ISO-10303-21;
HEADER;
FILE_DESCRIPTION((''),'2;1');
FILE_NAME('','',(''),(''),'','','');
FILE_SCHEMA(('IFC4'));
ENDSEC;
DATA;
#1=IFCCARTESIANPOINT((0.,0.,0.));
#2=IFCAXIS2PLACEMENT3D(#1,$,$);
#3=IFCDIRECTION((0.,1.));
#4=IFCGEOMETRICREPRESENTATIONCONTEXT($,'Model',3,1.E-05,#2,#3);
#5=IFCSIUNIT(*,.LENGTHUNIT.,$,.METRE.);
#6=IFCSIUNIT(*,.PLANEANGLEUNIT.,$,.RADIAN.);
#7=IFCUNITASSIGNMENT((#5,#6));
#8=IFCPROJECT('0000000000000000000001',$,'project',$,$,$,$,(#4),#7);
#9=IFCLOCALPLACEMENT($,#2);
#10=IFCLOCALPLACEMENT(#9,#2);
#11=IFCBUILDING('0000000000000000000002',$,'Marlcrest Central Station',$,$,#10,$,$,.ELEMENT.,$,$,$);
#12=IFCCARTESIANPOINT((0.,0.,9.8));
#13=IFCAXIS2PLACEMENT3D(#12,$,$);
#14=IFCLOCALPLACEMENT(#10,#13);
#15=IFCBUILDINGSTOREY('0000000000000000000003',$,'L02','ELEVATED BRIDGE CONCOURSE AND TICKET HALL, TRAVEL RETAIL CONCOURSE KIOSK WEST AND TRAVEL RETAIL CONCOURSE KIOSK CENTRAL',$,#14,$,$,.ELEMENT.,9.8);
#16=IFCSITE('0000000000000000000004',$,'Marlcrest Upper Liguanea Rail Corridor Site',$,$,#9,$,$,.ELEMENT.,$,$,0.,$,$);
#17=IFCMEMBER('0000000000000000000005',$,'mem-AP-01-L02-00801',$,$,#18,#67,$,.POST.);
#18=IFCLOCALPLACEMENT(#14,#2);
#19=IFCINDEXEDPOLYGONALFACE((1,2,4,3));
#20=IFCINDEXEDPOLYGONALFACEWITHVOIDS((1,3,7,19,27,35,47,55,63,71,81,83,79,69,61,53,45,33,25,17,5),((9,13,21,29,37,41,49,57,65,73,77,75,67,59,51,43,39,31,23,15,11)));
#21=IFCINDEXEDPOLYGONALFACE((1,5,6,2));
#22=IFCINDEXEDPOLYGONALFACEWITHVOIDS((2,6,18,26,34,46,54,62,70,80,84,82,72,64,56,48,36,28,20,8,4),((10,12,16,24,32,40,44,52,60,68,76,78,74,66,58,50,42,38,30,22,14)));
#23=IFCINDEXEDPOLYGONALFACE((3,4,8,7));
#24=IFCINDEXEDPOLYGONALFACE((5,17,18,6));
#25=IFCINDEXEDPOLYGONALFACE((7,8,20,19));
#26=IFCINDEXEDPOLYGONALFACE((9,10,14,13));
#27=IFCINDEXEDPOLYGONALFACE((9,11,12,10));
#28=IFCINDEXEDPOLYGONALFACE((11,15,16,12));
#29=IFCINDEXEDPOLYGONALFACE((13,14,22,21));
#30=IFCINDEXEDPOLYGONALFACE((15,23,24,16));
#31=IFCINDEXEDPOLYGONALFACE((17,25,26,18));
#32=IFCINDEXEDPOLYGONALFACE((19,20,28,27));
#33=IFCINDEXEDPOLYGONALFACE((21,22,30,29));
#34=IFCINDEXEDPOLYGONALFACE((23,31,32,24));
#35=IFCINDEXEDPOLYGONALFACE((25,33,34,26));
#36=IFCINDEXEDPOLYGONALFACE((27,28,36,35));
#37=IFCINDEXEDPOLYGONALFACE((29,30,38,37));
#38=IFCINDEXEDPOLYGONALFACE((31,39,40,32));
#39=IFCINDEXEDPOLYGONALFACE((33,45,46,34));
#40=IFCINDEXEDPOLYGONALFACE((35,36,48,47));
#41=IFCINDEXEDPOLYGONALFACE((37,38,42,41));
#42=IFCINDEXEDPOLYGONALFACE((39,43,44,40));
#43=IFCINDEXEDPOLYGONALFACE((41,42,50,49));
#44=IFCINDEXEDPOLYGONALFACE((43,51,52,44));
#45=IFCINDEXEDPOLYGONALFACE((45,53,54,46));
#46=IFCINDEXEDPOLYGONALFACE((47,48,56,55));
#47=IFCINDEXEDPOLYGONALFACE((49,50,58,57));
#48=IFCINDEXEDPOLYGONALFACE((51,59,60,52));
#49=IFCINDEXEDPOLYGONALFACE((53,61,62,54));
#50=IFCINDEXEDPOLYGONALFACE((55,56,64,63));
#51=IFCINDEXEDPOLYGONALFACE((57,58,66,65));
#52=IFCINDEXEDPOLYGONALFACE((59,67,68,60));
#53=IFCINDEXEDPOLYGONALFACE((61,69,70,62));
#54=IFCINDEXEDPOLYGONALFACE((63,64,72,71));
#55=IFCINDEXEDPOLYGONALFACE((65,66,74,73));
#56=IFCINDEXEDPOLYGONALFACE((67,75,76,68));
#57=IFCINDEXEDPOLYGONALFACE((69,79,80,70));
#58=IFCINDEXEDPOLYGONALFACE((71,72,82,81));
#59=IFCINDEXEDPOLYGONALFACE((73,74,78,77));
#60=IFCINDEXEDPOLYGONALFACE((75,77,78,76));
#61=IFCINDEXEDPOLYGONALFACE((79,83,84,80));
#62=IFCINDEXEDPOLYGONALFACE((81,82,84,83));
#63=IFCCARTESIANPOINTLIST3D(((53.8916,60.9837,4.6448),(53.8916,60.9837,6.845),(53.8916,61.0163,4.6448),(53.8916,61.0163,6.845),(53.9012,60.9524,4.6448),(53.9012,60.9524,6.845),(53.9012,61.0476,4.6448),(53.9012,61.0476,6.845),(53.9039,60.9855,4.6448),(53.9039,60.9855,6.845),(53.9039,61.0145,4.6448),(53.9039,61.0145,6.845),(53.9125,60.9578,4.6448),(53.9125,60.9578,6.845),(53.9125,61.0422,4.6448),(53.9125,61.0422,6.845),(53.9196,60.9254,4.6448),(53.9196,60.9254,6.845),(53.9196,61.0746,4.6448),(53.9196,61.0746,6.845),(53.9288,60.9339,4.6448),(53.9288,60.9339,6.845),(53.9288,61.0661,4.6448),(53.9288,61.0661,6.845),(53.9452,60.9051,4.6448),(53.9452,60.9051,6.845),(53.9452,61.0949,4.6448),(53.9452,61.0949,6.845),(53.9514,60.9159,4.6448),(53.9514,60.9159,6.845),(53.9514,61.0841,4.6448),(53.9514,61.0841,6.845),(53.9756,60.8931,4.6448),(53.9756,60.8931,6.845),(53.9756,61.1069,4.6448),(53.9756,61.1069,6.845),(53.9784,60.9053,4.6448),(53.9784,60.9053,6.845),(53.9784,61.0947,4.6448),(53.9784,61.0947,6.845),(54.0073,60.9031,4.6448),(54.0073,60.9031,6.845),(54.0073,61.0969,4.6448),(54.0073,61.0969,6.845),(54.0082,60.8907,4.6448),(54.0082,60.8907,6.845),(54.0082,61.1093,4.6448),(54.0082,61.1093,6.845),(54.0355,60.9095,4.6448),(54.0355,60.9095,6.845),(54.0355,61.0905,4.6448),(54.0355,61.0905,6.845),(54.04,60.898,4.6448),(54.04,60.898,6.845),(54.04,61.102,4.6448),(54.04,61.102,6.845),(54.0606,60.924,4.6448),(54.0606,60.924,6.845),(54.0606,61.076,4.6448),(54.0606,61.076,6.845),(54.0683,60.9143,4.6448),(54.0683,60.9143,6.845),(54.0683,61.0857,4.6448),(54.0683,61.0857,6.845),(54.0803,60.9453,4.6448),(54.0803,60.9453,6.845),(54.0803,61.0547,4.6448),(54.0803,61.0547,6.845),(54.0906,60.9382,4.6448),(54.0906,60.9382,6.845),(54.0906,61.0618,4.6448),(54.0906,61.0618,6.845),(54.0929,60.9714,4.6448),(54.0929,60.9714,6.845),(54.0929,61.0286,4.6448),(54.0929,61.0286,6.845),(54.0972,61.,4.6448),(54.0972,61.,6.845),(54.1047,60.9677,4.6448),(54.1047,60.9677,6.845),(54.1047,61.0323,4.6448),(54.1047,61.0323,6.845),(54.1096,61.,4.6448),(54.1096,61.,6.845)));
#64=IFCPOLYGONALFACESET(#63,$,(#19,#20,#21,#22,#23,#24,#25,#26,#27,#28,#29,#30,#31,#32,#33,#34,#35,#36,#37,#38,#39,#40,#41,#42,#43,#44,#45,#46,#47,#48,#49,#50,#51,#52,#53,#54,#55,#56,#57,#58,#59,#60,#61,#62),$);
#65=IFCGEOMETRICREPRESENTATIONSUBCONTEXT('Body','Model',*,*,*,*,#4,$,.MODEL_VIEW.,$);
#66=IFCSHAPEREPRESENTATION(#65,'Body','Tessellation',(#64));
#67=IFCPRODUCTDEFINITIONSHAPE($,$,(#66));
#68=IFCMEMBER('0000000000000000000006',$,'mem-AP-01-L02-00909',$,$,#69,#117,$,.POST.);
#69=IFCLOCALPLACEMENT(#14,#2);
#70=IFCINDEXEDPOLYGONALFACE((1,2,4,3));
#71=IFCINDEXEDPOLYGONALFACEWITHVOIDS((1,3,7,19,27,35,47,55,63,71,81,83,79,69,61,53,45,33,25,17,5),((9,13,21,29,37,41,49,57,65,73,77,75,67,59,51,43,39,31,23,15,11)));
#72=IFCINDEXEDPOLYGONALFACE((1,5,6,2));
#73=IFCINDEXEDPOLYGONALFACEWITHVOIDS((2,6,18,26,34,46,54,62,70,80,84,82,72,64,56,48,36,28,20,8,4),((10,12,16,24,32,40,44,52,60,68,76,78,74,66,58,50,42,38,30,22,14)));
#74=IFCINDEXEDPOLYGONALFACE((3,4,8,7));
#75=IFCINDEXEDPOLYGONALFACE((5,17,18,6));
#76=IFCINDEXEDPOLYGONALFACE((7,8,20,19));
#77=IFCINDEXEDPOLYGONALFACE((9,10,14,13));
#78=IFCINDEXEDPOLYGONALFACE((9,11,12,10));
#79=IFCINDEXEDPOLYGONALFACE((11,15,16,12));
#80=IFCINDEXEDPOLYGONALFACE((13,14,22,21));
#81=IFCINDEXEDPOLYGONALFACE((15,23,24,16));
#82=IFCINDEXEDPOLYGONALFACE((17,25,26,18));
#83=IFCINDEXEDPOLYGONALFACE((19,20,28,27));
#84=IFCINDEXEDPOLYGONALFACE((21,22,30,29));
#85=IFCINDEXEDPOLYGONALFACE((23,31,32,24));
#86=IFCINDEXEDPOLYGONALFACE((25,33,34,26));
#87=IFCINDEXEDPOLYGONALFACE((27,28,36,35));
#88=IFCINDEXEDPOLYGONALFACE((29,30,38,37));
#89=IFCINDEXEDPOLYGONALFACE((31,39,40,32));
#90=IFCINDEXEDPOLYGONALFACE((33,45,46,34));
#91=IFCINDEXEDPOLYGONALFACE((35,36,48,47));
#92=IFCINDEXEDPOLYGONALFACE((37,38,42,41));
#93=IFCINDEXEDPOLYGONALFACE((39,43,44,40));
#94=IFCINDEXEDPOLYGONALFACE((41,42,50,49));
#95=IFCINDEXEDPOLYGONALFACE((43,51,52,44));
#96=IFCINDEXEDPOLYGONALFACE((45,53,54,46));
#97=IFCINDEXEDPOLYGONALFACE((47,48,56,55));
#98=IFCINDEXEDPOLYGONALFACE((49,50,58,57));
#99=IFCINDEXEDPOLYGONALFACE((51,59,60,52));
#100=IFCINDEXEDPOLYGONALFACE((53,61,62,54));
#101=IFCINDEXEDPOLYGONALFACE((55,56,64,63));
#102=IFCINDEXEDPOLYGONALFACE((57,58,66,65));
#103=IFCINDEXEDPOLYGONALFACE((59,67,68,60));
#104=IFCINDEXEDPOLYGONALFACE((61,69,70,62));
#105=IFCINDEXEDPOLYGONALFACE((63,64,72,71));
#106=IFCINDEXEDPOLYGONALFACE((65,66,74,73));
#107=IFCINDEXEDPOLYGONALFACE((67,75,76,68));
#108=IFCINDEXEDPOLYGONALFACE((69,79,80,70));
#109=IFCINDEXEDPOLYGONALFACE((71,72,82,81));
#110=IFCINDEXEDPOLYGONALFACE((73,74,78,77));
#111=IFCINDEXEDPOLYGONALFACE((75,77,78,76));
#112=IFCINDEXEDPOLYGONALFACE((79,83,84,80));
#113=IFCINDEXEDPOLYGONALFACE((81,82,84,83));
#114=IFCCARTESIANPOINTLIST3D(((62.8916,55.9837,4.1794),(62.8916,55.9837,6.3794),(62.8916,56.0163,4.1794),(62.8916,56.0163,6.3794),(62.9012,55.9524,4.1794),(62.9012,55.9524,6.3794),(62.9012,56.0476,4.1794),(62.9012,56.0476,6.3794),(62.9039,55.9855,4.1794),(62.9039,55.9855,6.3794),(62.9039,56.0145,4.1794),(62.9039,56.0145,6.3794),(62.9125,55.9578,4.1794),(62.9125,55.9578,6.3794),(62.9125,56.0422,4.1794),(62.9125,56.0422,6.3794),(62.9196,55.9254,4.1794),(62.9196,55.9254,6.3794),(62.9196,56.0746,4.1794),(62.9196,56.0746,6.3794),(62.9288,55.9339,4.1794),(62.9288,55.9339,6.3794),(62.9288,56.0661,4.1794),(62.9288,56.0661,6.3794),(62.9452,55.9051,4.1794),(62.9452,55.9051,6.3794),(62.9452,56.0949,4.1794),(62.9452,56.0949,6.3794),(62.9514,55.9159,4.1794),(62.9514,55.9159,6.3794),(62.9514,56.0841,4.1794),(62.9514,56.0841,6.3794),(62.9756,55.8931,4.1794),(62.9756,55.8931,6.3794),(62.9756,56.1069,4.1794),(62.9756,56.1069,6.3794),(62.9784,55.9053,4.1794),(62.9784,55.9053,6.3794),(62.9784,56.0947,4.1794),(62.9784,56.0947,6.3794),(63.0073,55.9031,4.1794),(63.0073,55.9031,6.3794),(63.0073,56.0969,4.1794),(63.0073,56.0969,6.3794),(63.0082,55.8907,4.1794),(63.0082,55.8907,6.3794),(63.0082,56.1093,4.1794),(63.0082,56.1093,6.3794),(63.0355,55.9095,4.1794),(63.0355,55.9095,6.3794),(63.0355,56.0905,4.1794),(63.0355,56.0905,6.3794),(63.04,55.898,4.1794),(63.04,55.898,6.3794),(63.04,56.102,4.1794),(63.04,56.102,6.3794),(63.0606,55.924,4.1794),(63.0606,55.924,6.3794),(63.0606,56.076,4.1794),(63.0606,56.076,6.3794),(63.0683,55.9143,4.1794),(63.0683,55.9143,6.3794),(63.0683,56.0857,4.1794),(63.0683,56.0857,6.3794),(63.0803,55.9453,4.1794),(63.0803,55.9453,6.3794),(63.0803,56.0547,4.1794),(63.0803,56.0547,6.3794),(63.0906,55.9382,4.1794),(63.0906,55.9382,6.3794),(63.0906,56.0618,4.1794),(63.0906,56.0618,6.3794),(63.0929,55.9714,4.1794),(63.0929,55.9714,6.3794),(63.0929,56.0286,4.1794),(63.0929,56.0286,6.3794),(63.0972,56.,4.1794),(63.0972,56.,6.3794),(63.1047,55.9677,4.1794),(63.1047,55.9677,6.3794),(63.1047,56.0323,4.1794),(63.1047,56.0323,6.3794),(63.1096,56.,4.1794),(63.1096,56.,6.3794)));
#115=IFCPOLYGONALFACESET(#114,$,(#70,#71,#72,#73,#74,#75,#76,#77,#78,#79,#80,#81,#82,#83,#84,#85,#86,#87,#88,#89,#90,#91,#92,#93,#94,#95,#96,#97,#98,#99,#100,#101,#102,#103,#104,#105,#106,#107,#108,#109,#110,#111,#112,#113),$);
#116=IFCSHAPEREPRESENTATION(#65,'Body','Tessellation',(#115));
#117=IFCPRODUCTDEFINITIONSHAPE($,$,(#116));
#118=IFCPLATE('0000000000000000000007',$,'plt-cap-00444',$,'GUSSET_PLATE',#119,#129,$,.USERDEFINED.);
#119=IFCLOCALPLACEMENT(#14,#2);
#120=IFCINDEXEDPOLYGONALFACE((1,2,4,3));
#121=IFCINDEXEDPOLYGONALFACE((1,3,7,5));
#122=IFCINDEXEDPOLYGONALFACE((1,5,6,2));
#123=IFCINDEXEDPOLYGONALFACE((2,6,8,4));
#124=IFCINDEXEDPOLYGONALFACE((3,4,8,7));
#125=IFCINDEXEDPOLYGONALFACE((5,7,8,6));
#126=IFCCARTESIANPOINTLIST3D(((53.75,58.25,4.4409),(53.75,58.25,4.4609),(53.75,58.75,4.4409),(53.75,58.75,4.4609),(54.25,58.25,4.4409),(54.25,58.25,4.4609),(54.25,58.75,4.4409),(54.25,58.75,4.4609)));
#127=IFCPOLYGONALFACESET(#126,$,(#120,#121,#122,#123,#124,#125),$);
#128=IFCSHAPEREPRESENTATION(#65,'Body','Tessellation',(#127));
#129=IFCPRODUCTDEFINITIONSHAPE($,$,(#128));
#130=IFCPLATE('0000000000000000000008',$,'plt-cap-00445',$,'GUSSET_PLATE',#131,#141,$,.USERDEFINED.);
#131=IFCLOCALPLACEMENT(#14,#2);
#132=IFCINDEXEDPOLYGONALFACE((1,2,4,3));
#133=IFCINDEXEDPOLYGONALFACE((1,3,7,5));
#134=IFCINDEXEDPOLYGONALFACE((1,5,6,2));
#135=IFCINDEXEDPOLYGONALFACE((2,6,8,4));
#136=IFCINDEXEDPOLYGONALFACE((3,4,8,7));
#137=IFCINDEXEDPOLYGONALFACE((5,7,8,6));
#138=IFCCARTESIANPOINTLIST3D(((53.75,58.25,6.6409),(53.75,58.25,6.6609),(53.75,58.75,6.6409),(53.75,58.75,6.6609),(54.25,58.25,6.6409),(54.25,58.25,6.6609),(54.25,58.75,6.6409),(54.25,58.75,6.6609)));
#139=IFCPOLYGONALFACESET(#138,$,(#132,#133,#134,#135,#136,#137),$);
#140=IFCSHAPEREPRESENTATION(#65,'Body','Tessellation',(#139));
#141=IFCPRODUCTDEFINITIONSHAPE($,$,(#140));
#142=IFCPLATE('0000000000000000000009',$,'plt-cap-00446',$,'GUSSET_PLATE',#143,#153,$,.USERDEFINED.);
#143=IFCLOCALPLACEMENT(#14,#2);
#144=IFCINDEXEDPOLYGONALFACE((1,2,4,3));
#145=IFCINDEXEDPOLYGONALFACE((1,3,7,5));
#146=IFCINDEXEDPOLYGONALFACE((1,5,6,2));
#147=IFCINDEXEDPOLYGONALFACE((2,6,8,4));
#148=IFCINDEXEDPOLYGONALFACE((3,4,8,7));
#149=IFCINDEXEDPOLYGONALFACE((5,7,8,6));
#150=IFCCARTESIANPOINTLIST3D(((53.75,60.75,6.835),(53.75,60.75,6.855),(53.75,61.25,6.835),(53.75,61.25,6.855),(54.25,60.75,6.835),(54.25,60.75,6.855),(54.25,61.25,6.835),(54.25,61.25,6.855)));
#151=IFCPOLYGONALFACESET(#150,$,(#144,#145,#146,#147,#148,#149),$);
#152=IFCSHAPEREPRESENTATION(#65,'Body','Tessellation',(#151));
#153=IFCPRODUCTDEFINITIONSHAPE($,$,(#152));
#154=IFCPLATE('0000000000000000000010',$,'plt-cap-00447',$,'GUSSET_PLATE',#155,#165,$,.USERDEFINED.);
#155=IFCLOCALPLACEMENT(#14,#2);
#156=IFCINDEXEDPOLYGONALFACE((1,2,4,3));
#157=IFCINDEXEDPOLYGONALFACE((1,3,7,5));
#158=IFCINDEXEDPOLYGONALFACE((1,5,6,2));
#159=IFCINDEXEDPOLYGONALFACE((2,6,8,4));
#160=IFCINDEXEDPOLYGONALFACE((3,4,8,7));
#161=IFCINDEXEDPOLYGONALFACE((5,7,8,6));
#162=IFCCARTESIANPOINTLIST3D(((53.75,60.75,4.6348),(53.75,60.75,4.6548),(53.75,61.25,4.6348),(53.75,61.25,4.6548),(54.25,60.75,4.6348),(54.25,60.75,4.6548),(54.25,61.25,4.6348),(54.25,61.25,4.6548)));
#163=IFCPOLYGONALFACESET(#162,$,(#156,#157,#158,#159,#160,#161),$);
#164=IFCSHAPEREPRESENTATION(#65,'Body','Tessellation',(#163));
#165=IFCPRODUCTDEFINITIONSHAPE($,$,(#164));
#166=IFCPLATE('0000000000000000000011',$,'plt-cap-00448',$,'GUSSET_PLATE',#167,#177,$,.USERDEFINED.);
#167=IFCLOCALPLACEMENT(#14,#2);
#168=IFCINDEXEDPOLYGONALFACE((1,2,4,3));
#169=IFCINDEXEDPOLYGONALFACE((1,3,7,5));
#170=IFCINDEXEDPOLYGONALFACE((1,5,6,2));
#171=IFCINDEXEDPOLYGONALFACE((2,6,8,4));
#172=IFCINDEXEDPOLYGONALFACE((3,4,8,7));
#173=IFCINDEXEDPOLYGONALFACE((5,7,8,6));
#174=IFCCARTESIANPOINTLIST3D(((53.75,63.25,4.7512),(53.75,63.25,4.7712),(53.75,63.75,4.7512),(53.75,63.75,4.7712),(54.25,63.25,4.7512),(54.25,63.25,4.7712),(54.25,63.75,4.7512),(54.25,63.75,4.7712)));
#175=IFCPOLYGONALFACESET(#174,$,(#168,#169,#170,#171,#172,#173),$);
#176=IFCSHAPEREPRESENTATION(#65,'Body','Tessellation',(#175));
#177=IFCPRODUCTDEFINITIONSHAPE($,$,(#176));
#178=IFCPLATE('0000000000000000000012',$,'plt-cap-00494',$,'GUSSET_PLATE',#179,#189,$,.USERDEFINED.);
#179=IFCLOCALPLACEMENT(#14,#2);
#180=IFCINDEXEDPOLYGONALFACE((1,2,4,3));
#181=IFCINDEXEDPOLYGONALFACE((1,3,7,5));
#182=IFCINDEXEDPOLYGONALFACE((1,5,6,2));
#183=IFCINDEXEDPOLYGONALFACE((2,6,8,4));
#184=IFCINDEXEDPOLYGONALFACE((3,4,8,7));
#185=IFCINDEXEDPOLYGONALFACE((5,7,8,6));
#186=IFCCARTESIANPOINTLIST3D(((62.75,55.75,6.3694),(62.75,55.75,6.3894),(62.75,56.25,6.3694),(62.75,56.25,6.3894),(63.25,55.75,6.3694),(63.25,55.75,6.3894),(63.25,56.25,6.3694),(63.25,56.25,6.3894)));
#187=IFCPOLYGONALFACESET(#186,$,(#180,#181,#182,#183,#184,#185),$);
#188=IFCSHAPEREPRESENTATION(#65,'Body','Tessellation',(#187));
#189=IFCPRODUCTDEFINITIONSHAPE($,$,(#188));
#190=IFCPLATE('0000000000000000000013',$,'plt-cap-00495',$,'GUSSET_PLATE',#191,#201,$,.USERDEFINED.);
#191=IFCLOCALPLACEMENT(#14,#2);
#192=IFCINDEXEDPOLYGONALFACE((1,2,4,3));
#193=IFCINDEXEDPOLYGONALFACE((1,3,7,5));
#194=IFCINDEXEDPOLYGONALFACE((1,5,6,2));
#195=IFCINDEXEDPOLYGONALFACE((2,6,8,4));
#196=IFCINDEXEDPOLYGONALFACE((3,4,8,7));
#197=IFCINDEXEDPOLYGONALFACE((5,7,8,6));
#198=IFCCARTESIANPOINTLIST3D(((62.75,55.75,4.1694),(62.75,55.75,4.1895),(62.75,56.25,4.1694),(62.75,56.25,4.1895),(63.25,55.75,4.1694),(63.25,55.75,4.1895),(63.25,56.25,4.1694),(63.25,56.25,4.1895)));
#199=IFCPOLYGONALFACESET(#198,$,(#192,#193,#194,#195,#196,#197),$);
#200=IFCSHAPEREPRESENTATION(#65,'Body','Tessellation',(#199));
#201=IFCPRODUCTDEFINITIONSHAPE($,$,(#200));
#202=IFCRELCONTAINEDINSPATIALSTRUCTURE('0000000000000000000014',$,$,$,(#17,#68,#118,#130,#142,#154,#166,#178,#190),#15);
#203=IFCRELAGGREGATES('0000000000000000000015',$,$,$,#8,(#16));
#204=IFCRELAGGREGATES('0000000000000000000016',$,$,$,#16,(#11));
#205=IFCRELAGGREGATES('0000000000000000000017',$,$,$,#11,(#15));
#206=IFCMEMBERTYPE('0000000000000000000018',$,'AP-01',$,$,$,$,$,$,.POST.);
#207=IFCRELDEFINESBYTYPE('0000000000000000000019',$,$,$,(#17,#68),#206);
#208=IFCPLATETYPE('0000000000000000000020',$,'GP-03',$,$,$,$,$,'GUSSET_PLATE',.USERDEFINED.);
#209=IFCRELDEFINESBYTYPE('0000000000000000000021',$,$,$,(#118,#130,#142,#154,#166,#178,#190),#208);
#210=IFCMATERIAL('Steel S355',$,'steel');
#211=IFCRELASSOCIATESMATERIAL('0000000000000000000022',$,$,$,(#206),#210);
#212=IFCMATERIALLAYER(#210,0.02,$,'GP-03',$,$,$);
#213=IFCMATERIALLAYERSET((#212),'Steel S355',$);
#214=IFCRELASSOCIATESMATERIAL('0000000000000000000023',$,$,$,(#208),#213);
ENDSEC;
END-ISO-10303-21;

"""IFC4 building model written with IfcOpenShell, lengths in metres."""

from ifc_helpers import new_model, si_unit, direction, frame, origin, origin_2d, place, context, subcontext, project, spatial, rectangle, hollow_circle, extrude, material, layer, layer_set, material_profile, profile_set, type_object, element, save


model = new_model("IFC4")

# Units and contexts
model_context = context("Model", 3, precision=1e-05, world=origin(), true_north=direction((0.0, 1.0)))
body_context = subcontext(model_context, "Body", "Model", "MODEL_VIEW")
ifc_project = project(units=[si_unit("LENGTHUNIT", "METRE"), si_unit("PLANEANGLEUNIT", "RADIAN")], contexts=[model_context])

# Site, building, storey
site_placement = place(None, origin())
site = spatial("IfcSite", under=ifc_project, at=site_placement, Name="Marlcrest Upper Liguanea Rail Corridor Site", CompositionType="ELEMENT", RefElevation=0.0)
building_placement = place(site_placement, origin())
building = spatial("IfcBuilding", under=site, at=building_placement, Name="Marlcrest Central Station", CompositionType="ELEMENT")
storey_placement = place(building_placement, frame((0.0, 0.0, 9.8)))
storey = spatial("IfcBuildingStorey", under=building, at=storey_placement, Name="L02", Description="ELEVATED BRIDGE CONCOURSE AND TICKET HALL, TRAVEL RETAIL CONCOURSE KIOSK WEST AND TRAVEL RETAIL CONCOURSE KIOSK CENTRAL", CompositionType="ELEMENT", Elevation=9.8)

# Members
ifc_material = material(Name="Steel S355", Category="steel")
ifc_material_profile_1 = material_profile(ifc_material, hollow_circle(Radius=0.1096, WallThickness=0.0125, at=origin_2d()), Name="CHS 219.1x12.5")
ifc_profile_set_1 = profile_set([ifc_material_profile_1], Name="Steel S355")
member_type_1 = type_object("IfcMemberType", Name="AP-01", PredefinedType="POST", material=ifc_profile_set_1)
member_1_placement = place(storey_placement, frame((54.0, 61.0, 4.6448), z_axis=(0.0, 0.0, 1.0), x_axis=(1.0, 0.0, 0.0)))
element("IfcMember", 1, at=member_1_placement, inside=storey, type_object=member_type_1, Name="mem-AP-01-L02-00801", PredefinedType="POST", context=body_context, shape_type="SweptSolid", body=[
    extrude(hollow_circle(Radius=0.1096, WallThickness=0.0125, at=origin_2d()), origin(), (0.0, 0.0, 1.0), 2.2002),
])
member_2_placement = place(storey_placement, frame((63.0, 56.0, 4.1794), z_axis=(0.0, 0.0, 1.0), x_axis=(1.0, 0.0, 0.0)))
element("IfcMember", 2, at=member_2_placement, inside=storey, type_object=member_type_1, Name="mem-AP-01-L02-00909", PredefinedType="POST", context=body_context, shape_type="SweptSolid", body=[
    extrude(hollow_circle(Radius=0.1096, WallThickness=0.0125, at=origin_2d()), origin(), (0.0, 0.0, 1.0), 2.2),
])

# Plates
ifc_layer = layer(ifc_material, 0.02, Name="GP-03")
ifc_layer_set = layer_set([ifc_layer], Name="Steel S355")
plate_type = type_object("IfcPlateType", Name="GP-03", ElementType="GUSSET_PLATE", PredefinedType="USERDEFINED", material=ifc_layer_set)
for number, where, z_axis, x_axis, name in (
    (3, (54.0, 58.5, 4.4409), (0.0, 0.0, 1.0), (1.0, 0.0, 0.0), "plt-cap-00444"),
    (4, (54.0, 58.5, 6.6409), (0.0, 0.0, 1.0), (1.0, 0.0, 0.0), "plt-cap-00445"),
    (5, (54.0, 61.0, 6.835), (0.0, 0.0, 1.0), (1.0, 0.0, 0.0), "plt-cap-00446"),
    (6, (54.0, 61.0, 4.6348), (0.0, 0.0, 1.0), (1.0, 0.0, 0.0), "plt-cap-00447"),
    (7, (54.0, 63.5, 4.7512), (0.0, 0.0, 1.0), (1.0, 0.0, 0.0), "plt-cap-00448"),
    (8, (63.0, 56.0, 6.3694), (0.0, 0.0, 1.0), (1.0, 0.0, 0.0), "plt-cap-00494"),
    (9, (63.0, 56.0, 4.1694), (0.0, 0.0, 1.0), (1.0, 0.0, 0.0), "plt-cap-00495"),
):
    element("IfcPlate", number, at=place(storey_placement, frame(where, z_axis=z_axis, x_axis=x_axis)), inside=storey, type_object=plate_type, Name=name, ObjectType="GUSSET_PLATE", PredefinedType="USERDEFINED", context=body_context, shape_type="SweptSolid", body=[
        extrude(rectangle(XDim=0.5, YDim=0.5, at=origin_2d()), origin(), (0.0, 0.0, 1.0), 0.02),
    ])

save(model, "model.ifc")
